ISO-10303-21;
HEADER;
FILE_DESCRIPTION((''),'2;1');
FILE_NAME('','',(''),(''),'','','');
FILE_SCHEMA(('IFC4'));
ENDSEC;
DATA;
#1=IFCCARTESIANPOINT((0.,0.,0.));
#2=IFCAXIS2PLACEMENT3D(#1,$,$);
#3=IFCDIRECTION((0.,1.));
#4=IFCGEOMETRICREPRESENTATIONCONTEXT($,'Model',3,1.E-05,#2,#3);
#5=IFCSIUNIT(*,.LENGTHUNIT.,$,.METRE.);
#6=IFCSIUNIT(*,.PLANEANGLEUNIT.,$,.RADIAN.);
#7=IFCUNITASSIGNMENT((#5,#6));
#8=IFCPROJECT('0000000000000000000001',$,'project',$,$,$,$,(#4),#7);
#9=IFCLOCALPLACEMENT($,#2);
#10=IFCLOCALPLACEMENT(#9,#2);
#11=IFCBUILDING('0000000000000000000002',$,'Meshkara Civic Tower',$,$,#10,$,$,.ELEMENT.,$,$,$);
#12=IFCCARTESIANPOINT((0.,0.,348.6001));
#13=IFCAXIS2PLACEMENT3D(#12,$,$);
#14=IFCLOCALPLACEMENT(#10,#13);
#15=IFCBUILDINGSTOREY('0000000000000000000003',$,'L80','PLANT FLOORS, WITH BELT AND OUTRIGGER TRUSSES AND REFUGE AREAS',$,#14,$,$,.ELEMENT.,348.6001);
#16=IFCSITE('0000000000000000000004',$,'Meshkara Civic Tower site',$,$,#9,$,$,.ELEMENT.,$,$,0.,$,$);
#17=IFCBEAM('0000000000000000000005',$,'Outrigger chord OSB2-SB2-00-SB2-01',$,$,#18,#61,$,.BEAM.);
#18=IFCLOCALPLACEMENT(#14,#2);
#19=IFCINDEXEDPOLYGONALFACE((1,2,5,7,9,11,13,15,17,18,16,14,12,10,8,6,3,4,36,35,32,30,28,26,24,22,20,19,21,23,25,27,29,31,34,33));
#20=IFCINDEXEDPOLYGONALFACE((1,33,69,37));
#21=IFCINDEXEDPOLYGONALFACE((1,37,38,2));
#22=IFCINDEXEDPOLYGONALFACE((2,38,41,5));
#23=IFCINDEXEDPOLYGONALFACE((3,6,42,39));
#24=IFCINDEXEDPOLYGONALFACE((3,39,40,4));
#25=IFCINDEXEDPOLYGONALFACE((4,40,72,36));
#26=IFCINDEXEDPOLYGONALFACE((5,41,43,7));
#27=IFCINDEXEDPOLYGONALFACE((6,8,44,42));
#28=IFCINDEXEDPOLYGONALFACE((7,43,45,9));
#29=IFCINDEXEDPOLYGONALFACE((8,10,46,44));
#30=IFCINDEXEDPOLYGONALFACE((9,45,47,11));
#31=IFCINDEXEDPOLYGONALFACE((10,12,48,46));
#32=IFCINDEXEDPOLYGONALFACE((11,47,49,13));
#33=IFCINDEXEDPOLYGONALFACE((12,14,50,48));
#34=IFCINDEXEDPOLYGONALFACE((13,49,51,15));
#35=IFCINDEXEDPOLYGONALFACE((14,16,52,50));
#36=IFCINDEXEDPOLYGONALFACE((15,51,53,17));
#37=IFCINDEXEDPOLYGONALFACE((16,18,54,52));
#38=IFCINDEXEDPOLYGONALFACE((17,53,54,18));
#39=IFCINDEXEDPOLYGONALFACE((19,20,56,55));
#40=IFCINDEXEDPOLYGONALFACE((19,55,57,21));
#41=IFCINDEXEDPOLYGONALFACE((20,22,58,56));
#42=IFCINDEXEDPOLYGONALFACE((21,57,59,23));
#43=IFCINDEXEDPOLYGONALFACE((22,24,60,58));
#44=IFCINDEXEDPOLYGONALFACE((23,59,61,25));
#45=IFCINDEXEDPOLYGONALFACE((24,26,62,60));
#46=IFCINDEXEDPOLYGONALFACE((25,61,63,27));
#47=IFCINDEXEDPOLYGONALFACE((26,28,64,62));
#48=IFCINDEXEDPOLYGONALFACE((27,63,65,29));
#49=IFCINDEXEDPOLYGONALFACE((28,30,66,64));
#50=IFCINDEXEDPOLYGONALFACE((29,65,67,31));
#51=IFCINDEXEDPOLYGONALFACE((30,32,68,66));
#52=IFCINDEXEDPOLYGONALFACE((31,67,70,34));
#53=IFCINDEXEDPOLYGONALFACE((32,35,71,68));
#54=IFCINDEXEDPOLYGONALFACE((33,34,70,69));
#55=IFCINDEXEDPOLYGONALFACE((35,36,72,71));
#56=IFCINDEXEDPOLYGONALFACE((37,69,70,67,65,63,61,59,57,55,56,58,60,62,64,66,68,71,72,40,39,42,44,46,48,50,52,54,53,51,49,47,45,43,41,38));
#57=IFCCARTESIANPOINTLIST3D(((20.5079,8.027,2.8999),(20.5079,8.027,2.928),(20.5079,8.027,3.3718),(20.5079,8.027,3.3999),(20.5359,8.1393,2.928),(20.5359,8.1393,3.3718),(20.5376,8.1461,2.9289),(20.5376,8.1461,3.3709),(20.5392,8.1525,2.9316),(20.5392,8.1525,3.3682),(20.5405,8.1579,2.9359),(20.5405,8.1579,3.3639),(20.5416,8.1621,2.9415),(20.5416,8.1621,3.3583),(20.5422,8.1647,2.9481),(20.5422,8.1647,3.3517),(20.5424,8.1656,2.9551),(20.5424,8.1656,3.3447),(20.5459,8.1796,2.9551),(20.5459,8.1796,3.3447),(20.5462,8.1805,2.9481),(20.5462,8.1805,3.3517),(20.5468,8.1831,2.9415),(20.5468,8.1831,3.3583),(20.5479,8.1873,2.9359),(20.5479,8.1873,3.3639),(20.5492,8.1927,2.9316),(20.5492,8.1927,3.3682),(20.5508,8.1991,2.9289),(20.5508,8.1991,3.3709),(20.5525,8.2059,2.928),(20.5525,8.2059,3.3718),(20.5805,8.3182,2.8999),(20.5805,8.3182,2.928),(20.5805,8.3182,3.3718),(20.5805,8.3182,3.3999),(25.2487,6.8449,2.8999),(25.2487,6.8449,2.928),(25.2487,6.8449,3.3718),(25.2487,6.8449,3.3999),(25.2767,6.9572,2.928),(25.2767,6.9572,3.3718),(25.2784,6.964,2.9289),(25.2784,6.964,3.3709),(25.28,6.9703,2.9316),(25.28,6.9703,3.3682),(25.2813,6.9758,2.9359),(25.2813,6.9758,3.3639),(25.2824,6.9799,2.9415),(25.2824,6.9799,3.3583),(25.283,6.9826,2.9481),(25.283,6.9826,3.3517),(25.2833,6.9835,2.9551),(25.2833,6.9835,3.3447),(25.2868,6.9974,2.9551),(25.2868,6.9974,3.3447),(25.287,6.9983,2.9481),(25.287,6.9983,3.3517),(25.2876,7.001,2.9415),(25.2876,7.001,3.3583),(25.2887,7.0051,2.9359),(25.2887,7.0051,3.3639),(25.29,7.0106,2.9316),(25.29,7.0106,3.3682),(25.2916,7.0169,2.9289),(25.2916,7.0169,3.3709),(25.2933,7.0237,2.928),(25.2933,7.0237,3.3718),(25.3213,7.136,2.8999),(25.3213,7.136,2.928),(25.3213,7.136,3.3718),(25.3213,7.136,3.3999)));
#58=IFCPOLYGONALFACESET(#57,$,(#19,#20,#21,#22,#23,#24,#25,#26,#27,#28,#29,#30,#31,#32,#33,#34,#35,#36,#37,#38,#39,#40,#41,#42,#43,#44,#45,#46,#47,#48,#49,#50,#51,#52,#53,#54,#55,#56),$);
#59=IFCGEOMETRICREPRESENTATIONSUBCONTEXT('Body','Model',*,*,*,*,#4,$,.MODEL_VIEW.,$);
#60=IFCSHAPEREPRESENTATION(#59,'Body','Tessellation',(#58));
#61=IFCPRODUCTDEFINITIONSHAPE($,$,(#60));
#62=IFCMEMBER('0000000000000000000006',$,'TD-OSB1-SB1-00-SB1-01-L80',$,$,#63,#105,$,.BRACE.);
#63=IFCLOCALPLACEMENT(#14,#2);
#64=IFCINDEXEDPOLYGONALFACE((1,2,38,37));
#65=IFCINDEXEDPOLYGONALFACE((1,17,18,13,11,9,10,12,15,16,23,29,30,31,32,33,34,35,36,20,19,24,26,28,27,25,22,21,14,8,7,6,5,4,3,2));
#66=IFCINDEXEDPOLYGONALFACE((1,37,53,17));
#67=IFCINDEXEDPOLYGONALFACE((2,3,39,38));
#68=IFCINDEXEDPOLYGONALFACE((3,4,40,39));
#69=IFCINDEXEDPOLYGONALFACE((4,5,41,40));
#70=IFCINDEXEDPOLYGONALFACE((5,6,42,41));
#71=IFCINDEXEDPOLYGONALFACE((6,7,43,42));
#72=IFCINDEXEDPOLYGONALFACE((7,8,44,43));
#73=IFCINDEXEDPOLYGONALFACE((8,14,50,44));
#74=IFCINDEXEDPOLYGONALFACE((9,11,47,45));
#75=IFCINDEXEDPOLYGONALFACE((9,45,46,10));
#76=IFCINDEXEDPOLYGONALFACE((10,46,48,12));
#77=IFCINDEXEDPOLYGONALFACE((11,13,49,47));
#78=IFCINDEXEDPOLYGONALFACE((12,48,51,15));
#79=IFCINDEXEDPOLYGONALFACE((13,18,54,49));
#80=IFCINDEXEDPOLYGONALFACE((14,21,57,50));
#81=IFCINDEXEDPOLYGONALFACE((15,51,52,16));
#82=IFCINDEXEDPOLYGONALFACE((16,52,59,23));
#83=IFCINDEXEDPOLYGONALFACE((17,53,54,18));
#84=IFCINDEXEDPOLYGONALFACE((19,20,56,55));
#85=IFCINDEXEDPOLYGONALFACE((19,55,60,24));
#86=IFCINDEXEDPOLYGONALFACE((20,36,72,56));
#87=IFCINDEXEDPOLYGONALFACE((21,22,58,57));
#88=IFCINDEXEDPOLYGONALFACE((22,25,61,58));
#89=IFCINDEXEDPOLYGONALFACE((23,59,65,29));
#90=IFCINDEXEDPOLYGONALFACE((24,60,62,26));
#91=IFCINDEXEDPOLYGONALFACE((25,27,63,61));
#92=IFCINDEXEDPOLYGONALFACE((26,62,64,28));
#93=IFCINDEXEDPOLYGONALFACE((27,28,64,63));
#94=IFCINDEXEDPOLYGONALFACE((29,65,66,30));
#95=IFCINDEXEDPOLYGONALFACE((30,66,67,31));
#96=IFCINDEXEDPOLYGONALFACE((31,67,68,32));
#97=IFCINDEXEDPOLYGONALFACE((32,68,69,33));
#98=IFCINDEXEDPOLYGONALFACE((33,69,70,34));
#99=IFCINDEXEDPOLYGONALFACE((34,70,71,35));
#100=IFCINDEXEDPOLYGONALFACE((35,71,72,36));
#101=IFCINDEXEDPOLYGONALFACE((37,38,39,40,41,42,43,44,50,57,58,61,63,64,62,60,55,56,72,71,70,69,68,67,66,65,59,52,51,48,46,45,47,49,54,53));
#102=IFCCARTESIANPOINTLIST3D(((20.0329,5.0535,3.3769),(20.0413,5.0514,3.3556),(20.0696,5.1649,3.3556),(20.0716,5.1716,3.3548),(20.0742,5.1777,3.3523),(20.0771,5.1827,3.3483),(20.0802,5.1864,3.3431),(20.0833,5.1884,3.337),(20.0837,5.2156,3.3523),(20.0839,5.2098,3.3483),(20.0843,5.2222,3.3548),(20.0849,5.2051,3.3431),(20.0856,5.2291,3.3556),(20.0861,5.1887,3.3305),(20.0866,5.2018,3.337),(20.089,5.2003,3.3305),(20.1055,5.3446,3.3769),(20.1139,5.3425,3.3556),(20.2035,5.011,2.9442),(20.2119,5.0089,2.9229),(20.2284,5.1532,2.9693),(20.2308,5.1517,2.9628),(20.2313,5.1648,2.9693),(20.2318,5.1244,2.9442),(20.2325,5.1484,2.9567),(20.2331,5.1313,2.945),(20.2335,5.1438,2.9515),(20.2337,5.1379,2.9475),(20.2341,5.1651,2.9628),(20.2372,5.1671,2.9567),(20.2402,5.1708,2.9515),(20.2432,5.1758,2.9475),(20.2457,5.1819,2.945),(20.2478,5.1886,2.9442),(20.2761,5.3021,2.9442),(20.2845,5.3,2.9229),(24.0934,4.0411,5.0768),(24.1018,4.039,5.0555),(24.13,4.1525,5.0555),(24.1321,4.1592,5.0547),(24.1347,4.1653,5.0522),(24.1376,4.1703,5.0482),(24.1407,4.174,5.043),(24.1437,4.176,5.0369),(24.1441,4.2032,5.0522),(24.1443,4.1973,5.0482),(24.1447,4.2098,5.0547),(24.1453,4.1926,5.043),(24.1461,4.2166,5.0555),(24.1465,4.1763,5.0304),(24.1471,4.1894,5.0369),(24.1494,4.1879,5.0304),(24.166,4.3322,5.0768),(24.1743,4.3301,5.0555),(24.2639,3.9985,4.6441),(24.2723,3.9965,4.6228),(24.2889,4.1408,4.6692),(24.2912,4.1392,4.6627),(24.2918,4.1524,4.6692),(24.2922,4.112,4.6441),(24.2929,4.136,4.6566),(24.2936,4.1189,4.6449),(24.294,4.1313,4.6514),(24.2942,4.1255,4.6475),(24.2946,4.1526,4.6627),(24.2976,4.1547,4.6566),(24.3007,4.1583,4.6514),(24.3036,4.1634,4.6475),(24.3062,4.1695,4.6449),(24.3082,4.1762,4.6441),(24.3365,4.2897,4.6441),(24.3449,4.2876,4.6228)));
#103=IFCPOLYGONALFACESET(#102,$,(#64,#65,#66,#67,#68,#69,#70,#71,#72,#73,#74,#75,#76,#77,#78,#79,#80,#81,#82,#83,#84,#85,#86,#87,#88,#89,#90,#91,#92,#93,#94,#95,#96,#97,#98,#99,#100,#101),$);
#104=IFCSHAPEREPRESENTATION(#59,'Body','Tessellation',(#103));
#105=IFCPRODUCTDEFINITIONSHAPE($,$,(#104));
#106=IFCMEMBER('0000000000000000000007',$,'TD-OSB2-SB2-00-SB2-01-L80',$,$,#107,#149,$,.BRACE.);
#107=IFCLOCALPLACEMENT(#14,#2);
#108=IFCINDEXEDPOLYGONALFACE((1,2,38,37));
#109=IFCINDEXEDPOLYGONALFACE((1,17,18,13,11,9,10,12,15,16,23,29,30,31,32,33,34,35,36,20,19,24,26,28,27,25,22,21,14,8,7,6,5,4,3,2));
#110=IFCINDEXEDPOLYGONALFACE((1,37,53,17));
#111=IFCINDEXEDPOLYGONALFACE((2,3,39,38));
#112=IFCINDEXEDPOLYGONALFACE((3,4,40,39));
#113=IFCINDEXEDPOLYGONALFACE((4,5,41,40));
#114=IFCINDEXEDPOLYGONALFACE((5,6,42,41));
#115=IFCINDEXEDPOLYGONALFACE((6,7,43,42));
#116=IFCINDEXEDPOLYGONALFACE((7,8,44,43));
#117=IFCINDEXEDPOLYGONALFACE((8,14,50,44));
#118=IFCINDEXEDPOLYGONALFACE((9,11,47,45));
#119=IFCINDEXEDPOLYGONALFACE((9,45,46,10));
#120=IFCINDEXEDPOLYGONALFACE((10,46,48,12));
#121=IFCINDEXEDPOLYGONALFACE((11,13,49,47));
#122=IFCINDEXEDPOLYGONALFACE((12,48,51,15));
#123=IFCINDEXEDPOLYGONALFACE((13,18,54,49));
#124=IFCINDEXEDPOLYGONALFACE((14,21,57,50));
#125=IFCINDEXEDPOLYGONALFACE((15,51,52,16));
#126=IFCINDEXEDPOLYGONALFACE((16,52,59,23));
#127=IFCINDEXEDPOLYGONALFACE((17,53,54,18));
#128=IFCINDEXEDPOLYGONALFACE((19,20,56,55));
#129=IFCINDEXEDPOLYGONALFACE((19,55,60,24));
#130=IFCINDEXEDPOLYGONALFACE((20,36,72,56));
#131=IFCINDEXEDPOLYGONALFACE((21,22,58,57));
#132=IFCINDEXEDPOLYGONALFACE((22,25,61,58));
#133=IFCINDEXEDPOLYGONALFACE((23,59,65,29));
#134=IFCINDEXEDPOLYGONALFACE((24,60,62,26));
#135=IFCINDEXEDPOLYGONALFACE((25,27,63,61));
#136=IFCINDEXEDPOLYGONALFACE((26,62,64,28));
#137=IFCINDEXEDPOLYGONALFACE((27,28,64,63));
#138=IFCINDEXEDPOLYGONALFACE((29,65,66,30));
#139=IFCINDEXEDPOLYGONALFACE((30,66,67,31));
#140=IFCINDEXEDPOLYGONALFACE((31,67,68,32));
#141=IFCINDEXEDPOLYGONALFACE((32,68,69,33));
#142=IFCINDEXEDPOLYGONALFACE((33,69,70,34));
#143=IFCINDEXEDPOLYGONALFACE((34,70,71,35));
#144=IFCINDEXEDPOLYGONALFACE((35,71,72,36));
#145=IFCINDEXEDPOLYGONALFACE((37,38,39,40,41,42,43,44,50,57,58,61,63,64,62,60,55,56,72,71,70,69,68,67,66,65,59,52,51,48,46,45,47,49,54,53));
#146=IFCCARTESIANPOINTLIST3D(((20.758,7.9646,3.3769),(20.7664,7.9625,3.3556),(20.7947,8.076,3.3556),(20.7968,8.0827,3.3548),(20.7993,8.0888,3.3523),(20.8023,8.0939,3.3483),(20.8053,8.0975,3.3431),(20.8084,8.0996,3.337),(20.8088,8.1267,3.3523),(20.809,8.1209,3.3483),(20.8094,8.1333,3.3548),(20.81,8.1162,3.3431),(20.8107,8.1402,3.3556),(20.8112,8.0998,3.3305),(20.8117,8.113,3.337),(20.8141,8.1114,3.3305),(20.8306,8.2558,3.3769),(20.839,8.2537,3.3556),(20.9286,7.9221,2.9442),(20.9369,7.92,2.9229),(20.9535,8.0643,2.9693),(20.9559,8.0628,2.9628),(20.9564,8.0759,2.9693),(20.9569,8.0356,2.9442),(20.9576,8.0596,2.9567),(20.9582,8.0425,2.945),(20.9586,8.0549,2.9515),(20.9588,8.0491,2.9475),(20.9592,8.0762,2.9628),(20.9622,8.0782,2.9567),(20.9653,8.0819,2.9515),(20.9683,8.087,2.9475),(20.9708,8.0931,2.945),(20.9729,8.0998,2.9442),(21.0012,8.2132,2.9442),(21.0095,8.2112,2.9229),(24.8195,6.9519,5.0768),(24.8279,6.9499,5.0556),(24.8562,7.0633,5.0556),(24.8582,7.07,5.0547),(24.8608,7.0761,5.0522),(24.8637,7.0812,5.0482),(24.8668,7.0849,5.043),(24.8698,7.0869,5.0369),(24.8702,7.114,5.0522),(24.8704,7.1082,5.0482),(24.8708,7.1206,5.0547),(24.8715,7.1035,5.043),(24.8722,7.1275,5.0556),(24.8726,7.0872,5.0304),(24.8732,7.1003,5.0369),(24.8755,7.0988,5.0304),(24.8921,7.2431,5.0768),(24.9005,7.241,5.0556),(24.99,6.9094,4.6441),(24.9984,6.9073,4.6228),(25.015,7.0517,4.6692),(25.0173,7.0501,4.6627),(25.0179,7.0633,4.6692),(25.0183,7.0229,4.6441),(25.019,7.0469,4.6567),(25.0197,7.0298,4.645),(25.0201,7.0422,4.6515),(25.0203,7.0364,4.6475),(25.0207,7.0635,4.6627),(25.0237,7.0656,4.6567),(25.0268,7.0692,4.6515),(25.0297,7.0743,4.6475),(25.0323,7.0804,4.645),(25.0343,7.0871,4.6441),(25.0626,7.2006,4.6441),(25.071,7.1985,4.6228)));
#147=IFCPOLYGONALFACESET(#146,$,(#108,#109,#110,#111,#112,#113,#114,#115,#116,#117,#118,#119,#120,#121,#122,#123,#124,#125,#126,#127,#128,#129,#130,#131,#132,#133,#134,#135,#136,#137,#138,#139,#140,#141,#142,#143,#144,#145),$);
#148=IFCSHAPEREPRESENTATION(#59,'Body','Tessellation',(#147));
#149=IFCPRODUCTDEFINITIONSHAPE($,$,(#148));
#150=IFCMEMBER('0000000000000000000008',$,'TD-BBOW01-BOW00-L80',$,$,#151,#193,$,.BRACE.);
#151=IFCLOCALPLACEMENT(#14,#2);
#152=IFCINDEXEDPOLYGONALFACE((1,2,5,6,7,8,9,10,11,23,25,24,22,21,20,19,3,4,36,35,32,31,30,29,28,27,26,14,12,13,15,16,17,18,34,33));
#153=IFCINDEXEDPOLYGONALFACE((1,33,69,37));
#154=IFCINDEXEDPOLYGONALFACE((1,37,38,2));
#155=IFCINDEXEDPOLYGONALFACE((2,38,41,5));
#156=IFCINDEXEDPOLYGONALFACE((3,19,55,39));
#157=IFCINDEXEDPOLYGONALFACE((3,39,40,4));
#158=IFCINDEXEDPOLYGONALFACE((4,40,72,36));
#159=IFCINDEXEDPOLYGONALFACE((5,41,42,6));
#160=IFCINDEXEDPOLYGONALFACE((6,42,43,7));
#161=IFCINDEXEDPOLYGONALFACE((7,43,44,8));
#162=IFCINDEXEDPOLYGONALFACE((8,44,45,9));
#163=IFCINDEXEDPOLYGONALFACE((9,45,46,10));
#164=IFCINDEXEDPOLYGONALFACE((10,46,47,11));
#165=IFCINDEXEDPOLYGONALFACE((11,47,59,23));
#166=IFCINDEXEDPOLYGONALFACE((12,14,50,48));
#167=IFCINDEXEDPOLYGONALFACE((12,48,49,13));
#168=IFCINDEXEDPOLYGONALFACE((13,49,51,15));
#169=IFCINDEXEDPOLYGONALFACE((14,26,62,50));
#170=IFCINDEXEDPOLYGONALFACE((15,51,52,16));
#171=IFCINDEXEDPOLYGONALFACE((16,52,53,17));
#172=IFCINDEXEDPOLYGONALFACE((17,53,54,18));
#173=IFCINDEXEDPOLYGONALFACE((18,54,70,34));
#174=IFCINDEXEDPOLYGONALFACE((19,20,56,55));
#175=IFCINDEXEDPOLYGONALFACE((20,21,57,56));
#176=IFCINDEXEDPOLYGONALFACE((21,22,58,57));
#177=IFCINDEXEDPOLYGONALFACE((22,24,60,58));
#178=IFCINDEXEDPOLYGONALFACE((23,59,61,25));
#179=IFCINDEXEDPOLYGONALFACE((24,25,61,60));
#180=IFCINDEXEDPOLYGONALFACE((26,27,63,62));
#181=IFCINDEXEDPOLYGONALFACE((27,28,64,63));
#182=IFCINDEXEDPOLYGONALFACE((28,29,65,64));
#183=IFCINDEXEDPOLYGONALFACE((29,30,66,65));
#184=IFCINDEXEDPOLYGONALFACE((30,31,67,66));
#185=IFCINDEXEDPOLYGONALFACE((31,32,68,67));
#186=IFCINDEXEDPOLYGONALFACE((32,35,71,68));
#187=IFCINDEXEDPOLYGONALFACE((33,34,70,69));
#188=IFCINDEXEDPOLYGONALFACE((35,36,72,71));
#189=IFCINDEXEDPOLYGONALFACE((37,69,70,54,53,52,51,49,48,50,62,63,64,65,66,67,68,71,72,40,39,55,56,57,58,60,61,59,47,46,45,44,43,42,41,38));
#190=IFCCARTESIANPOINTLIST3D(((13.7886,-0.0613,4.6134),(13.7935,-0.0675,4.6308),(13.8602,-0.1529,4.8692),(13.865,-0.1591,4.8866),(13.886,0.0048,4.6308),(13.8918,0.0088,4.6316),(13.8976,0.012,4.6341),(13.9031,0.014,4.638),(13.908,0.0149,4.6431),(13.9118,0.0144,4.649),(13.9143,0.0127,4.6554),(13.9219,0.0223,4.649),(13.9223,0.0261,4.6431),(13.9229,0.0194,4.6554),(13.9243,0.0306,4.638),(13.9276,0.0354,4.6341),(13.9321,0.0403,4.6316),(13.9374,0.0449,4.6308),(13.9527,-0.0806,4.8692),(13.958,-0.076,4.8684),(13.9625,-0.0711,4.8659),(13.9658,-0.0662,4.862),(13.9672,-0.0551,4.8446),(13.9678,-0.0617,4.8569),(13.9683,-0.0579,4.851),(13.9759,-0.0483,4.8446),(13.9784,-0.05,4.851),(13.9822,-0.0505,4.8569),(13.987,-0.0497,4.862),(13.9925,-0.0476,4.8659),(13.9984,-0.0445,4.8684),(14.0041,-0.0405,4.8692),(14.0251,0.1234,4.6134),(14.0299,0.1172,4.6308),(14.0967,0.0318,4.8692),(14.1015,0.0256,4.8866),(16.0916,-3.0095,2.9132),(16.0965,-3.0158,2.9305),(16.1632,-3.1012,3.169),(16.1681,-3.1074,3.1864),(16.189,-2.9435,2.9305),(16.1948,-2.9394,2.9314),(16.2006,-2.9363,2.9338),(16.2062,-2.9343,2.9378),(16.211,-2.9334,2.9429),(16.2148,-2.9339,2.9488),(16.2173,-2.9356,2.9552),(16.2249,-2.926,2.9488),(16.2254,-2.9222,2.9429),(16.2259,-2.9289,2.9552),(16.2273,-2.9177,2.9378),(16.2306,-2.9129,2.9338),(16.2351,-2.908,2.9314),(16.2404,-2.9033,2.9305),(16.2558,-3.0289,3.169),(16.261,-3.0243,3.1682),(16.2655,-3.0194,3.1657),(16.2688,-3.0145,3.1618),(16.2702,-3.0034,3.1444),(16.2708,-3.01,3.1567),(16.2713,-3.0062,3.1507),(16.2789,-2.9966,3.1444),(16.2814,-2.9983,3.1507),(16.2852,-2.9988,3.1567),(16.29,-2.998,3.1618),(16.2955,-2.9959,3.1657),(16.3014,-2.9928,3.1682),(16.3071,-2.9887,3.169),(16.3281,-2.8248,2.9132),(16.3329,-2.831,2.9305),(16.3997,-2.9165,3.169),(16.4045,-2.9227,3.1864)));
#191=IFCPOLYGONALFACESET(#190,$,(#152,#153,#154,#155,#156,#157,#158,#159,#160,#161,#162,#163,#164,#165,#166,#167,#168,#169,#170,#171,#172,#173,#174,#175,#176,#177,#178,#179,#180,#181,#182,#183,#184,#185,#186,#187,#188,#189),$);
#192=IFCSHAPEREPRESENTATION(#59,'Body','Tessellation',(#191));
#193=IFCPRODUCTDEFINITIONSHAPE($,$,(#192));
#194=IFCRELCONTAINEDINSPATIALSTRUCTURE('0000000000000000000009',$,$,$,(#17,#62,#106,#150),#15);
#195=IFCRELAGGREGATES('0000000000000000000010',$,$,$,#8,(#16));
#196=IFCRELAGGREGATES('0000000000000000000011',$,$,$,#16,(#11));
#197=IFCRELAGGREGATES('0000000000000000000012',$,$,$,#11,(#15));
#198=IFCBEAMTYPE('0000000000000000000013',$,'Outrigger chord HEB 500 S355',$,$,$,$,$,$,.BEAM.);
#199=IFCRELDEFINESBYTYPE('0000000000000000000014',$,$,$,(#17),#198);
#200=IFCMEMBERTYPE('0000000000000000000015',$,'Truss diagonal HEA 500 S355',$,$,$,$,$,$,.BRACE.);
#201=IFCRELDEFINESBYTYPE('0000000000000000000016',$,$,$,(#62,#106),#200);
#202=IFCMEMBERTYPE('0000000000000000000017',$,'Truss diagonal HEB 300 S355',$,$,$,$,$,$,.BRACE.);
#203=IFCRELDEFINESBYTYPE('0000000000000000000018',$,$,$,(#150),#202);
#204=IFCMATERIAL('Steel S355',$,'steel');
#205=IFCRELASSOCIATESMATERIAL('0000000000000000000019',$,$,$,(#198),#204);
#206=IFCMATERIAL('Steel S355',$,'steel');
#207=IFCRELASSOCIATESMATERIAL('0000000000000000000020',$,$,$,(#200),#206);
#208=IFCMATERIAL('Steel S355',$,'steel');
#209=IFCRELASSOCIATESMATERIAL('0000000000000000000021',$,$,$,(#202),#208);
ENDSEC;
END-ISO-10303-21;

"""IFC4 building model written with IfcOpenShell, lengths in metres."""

from ifc_helpers import new_model, si_unit, direction, frame, origin, origin_2d, place, context, subcontext, project, spatial, i_section, extrude, material, material_profile, profile_set, type_object, element, save


model = new_model("IFC4")

# Units and contexts
model_context = context("Model", 3, precision=1e-05, world=origin(), true_north=direction((0.0, 1.0)))
body_context = subcontext(model_context, "Body", "Model", "MODEL_VIEW")
ifc_project = project(units=[si_unit("LENGTHUNIT", "METRE"), si_unit("PLANEANGLEUNIT", "RADIAN")], contexts=[model_context])

# Site, building, storey
site_placement = place(None, origin())
site = spatial("IfcSite", under=ifc_project, at=site_placement, Name="Meshkara Civic Tower site", CompositionType="ELEMENT", RefElevation=0.0)
building_placement = place(site_placement, origin())
building = spatial("IfcBuilding", under=site, at=building_placement, Name="Meshkara Civic Tower", CompositionType="ELEMENT")
storey_placement = place(building_placement, frame((0.0, 0.0, 348.6001)))
storey = spatial("IfcBuildingStorey", under=building, at=storey_placement, Name="L80", Description="PLANT FLOORS, WITH BELT AND OUTRIGGER TRUSSES AND REFUGE AREAS", CompositionType="ELEMENT", Elevation=348.6001)

# Beam
ifc_material_1 = material(Name="Steel S355", Category="steel")
ifc_material_profile_1 = material_profile(ifc_material_1, i_section(OverallWidth=0.3, OverallDepth=0.5, WebThickness=0.0144, FlangeThickness=0.0281, FilletRadius=0.0271, at=origin_2d()))
ifc_profile_set_1 = profile_set([ifc_material_profile_1], Name="Steel S355")
beam_type_1 = type_object("IfcBeamType", Name="Outrigger chord HEB 500 S355", PredefinedType="BEAM", material=ifc_profile_set_1)
for number, where, z_axis, x_axis, name in (
    (1, (20.5442, 8.1726, 3.1499), (0.970289, -0.241948, 0.0), (0.241948, 0.970289, 0.0), "Outrigger chord OSB2-SB2-00-SB2-01"),
):
    element("IfcBeam", number, at=place(storey_placement, frame(where, z_axis=z_axis, x_axis=x_axis)), inside=storey, type_object=beam_type_1, Name=name, PredefinedType="BEAM", context=body_context, shape_type="SweptSolid", body=[
        extrude(i_section(OverallWidth=0.3, OverallDepth=0.5, WebThickness=0.0144, FlangeThickness=0.0281, FilletRadius=0.0271, at=origin_2d()), origin(), (0.0, 0.0, 1.0), 4.886),
    ])

# Members
ifc_material_2 = material(Name="Steel S355", Category="steel")
ifc_material_profile_2 = material_profile(ifc_material_2, i_section(OverallWidth=0.3, OverallDepth=0.49, WebThickness=0.012, FlangeThickness=0.0229, FilletRadius=0.0271, at=origin_2d()))
ifc_profile_set_2 = profile_set([ifc_material_profile_2], Name="Steel S355")
member_type_1 = type_object("IfcMemberType", Name="Truss diagonal HEA 500 S355", PredefinedType="BRACE", material=ifc_profile_set_2)
member_1_placement = place(storey_placement, frame((20.1587, 5.1768, 3.1499), z_axis=(0.898956, -0.224144, 0.376348), x_axis=(0.241932, 0.970293, 0.0)))
element("IfcMember", 2, at=member_1_placement, inside=storey, type_object=member_type_1, Name="TD-OSB1-SB1-00-SB1-01-L80", PredefinedType="BRACE", context=body_context, shape_type="SweptSolid", body=[
    extrude(i_section(OverallWidth=0.3, OverallDepth=0.49, WebThickness=0.012, FlangeThickness=0.0229, FilletRadius=0.0271, at=origin_2d()), origin(), (0.0, 0.0, 1.0), 4.5168),
])
member_2_placement = place(storey_placement, frame((20.8838, 8.0879, 3.1499), z_axis=(0.898986, -0.224152, 0.376271), x_axis=(0.241932, 0.970293, 0.0)))
element("IfcMember", 3, at=member_2_placement, inside=storey, type_object=member_type_1, Name="TD-OSB2-SB2-00-SB2-01-L80", PredefinedType="BRACE", context=body_context, shape_type="SweptSolid", body=[
    extrude(i_section(OverallWidth=0.3, OverallDepth=0.49, WebThickness=0.012, FlangeThickness=0.0229, FilletRadius=0.0271, at=origin_2d()), origin(), (0.0, 0.0, 1.0), 4.5178),
])
ifc_material_3 = material(Name="Steel S355", Category="steel")
ifc_material_profile_3 = material_profile(ifc_material_3, i_section(OverallWidth=0.3, OverallDepth=0.3, WebThickness=0.011, FlangeThickness=0.019, FilletRadius=0.0271, at=origin_2d()))
ifc_profile_set_3 = profile_set([ifc_material_profile_3], Name="Steel S355")
member_type_2 = type_object("IfcMemberType", Name="Truss diagonal HEB 300 S355", PredefinedType="BRACE", material=ifc_profile_set_3)
member_3_placement = place(storey_placement, frame((13.9451, -0.0178, 4.75), z_axis=(0.560428, -0.717453, -0.413741), x_axis=(0.788068, 0.615588, 0.0)))
element("IfcMember", 4, at=member_3_placement, inside=storey, type_object=member_type_2, Name="TD-BBOW01-BOW00-L80", PredefinedType="BRACE", context=body_context, shape_type="SweptSolid", body=[
    extrude(i_section(OverallWidth=0.3, OverallDepth=0.3, WebThickness=0.011, FlangeThickness=0.019, FilletRadius=0.0271, at=origin_2d()), origin(), (0.0, 0.0, 1.0), 4.1094),
])

save(model, "model.ifc")
